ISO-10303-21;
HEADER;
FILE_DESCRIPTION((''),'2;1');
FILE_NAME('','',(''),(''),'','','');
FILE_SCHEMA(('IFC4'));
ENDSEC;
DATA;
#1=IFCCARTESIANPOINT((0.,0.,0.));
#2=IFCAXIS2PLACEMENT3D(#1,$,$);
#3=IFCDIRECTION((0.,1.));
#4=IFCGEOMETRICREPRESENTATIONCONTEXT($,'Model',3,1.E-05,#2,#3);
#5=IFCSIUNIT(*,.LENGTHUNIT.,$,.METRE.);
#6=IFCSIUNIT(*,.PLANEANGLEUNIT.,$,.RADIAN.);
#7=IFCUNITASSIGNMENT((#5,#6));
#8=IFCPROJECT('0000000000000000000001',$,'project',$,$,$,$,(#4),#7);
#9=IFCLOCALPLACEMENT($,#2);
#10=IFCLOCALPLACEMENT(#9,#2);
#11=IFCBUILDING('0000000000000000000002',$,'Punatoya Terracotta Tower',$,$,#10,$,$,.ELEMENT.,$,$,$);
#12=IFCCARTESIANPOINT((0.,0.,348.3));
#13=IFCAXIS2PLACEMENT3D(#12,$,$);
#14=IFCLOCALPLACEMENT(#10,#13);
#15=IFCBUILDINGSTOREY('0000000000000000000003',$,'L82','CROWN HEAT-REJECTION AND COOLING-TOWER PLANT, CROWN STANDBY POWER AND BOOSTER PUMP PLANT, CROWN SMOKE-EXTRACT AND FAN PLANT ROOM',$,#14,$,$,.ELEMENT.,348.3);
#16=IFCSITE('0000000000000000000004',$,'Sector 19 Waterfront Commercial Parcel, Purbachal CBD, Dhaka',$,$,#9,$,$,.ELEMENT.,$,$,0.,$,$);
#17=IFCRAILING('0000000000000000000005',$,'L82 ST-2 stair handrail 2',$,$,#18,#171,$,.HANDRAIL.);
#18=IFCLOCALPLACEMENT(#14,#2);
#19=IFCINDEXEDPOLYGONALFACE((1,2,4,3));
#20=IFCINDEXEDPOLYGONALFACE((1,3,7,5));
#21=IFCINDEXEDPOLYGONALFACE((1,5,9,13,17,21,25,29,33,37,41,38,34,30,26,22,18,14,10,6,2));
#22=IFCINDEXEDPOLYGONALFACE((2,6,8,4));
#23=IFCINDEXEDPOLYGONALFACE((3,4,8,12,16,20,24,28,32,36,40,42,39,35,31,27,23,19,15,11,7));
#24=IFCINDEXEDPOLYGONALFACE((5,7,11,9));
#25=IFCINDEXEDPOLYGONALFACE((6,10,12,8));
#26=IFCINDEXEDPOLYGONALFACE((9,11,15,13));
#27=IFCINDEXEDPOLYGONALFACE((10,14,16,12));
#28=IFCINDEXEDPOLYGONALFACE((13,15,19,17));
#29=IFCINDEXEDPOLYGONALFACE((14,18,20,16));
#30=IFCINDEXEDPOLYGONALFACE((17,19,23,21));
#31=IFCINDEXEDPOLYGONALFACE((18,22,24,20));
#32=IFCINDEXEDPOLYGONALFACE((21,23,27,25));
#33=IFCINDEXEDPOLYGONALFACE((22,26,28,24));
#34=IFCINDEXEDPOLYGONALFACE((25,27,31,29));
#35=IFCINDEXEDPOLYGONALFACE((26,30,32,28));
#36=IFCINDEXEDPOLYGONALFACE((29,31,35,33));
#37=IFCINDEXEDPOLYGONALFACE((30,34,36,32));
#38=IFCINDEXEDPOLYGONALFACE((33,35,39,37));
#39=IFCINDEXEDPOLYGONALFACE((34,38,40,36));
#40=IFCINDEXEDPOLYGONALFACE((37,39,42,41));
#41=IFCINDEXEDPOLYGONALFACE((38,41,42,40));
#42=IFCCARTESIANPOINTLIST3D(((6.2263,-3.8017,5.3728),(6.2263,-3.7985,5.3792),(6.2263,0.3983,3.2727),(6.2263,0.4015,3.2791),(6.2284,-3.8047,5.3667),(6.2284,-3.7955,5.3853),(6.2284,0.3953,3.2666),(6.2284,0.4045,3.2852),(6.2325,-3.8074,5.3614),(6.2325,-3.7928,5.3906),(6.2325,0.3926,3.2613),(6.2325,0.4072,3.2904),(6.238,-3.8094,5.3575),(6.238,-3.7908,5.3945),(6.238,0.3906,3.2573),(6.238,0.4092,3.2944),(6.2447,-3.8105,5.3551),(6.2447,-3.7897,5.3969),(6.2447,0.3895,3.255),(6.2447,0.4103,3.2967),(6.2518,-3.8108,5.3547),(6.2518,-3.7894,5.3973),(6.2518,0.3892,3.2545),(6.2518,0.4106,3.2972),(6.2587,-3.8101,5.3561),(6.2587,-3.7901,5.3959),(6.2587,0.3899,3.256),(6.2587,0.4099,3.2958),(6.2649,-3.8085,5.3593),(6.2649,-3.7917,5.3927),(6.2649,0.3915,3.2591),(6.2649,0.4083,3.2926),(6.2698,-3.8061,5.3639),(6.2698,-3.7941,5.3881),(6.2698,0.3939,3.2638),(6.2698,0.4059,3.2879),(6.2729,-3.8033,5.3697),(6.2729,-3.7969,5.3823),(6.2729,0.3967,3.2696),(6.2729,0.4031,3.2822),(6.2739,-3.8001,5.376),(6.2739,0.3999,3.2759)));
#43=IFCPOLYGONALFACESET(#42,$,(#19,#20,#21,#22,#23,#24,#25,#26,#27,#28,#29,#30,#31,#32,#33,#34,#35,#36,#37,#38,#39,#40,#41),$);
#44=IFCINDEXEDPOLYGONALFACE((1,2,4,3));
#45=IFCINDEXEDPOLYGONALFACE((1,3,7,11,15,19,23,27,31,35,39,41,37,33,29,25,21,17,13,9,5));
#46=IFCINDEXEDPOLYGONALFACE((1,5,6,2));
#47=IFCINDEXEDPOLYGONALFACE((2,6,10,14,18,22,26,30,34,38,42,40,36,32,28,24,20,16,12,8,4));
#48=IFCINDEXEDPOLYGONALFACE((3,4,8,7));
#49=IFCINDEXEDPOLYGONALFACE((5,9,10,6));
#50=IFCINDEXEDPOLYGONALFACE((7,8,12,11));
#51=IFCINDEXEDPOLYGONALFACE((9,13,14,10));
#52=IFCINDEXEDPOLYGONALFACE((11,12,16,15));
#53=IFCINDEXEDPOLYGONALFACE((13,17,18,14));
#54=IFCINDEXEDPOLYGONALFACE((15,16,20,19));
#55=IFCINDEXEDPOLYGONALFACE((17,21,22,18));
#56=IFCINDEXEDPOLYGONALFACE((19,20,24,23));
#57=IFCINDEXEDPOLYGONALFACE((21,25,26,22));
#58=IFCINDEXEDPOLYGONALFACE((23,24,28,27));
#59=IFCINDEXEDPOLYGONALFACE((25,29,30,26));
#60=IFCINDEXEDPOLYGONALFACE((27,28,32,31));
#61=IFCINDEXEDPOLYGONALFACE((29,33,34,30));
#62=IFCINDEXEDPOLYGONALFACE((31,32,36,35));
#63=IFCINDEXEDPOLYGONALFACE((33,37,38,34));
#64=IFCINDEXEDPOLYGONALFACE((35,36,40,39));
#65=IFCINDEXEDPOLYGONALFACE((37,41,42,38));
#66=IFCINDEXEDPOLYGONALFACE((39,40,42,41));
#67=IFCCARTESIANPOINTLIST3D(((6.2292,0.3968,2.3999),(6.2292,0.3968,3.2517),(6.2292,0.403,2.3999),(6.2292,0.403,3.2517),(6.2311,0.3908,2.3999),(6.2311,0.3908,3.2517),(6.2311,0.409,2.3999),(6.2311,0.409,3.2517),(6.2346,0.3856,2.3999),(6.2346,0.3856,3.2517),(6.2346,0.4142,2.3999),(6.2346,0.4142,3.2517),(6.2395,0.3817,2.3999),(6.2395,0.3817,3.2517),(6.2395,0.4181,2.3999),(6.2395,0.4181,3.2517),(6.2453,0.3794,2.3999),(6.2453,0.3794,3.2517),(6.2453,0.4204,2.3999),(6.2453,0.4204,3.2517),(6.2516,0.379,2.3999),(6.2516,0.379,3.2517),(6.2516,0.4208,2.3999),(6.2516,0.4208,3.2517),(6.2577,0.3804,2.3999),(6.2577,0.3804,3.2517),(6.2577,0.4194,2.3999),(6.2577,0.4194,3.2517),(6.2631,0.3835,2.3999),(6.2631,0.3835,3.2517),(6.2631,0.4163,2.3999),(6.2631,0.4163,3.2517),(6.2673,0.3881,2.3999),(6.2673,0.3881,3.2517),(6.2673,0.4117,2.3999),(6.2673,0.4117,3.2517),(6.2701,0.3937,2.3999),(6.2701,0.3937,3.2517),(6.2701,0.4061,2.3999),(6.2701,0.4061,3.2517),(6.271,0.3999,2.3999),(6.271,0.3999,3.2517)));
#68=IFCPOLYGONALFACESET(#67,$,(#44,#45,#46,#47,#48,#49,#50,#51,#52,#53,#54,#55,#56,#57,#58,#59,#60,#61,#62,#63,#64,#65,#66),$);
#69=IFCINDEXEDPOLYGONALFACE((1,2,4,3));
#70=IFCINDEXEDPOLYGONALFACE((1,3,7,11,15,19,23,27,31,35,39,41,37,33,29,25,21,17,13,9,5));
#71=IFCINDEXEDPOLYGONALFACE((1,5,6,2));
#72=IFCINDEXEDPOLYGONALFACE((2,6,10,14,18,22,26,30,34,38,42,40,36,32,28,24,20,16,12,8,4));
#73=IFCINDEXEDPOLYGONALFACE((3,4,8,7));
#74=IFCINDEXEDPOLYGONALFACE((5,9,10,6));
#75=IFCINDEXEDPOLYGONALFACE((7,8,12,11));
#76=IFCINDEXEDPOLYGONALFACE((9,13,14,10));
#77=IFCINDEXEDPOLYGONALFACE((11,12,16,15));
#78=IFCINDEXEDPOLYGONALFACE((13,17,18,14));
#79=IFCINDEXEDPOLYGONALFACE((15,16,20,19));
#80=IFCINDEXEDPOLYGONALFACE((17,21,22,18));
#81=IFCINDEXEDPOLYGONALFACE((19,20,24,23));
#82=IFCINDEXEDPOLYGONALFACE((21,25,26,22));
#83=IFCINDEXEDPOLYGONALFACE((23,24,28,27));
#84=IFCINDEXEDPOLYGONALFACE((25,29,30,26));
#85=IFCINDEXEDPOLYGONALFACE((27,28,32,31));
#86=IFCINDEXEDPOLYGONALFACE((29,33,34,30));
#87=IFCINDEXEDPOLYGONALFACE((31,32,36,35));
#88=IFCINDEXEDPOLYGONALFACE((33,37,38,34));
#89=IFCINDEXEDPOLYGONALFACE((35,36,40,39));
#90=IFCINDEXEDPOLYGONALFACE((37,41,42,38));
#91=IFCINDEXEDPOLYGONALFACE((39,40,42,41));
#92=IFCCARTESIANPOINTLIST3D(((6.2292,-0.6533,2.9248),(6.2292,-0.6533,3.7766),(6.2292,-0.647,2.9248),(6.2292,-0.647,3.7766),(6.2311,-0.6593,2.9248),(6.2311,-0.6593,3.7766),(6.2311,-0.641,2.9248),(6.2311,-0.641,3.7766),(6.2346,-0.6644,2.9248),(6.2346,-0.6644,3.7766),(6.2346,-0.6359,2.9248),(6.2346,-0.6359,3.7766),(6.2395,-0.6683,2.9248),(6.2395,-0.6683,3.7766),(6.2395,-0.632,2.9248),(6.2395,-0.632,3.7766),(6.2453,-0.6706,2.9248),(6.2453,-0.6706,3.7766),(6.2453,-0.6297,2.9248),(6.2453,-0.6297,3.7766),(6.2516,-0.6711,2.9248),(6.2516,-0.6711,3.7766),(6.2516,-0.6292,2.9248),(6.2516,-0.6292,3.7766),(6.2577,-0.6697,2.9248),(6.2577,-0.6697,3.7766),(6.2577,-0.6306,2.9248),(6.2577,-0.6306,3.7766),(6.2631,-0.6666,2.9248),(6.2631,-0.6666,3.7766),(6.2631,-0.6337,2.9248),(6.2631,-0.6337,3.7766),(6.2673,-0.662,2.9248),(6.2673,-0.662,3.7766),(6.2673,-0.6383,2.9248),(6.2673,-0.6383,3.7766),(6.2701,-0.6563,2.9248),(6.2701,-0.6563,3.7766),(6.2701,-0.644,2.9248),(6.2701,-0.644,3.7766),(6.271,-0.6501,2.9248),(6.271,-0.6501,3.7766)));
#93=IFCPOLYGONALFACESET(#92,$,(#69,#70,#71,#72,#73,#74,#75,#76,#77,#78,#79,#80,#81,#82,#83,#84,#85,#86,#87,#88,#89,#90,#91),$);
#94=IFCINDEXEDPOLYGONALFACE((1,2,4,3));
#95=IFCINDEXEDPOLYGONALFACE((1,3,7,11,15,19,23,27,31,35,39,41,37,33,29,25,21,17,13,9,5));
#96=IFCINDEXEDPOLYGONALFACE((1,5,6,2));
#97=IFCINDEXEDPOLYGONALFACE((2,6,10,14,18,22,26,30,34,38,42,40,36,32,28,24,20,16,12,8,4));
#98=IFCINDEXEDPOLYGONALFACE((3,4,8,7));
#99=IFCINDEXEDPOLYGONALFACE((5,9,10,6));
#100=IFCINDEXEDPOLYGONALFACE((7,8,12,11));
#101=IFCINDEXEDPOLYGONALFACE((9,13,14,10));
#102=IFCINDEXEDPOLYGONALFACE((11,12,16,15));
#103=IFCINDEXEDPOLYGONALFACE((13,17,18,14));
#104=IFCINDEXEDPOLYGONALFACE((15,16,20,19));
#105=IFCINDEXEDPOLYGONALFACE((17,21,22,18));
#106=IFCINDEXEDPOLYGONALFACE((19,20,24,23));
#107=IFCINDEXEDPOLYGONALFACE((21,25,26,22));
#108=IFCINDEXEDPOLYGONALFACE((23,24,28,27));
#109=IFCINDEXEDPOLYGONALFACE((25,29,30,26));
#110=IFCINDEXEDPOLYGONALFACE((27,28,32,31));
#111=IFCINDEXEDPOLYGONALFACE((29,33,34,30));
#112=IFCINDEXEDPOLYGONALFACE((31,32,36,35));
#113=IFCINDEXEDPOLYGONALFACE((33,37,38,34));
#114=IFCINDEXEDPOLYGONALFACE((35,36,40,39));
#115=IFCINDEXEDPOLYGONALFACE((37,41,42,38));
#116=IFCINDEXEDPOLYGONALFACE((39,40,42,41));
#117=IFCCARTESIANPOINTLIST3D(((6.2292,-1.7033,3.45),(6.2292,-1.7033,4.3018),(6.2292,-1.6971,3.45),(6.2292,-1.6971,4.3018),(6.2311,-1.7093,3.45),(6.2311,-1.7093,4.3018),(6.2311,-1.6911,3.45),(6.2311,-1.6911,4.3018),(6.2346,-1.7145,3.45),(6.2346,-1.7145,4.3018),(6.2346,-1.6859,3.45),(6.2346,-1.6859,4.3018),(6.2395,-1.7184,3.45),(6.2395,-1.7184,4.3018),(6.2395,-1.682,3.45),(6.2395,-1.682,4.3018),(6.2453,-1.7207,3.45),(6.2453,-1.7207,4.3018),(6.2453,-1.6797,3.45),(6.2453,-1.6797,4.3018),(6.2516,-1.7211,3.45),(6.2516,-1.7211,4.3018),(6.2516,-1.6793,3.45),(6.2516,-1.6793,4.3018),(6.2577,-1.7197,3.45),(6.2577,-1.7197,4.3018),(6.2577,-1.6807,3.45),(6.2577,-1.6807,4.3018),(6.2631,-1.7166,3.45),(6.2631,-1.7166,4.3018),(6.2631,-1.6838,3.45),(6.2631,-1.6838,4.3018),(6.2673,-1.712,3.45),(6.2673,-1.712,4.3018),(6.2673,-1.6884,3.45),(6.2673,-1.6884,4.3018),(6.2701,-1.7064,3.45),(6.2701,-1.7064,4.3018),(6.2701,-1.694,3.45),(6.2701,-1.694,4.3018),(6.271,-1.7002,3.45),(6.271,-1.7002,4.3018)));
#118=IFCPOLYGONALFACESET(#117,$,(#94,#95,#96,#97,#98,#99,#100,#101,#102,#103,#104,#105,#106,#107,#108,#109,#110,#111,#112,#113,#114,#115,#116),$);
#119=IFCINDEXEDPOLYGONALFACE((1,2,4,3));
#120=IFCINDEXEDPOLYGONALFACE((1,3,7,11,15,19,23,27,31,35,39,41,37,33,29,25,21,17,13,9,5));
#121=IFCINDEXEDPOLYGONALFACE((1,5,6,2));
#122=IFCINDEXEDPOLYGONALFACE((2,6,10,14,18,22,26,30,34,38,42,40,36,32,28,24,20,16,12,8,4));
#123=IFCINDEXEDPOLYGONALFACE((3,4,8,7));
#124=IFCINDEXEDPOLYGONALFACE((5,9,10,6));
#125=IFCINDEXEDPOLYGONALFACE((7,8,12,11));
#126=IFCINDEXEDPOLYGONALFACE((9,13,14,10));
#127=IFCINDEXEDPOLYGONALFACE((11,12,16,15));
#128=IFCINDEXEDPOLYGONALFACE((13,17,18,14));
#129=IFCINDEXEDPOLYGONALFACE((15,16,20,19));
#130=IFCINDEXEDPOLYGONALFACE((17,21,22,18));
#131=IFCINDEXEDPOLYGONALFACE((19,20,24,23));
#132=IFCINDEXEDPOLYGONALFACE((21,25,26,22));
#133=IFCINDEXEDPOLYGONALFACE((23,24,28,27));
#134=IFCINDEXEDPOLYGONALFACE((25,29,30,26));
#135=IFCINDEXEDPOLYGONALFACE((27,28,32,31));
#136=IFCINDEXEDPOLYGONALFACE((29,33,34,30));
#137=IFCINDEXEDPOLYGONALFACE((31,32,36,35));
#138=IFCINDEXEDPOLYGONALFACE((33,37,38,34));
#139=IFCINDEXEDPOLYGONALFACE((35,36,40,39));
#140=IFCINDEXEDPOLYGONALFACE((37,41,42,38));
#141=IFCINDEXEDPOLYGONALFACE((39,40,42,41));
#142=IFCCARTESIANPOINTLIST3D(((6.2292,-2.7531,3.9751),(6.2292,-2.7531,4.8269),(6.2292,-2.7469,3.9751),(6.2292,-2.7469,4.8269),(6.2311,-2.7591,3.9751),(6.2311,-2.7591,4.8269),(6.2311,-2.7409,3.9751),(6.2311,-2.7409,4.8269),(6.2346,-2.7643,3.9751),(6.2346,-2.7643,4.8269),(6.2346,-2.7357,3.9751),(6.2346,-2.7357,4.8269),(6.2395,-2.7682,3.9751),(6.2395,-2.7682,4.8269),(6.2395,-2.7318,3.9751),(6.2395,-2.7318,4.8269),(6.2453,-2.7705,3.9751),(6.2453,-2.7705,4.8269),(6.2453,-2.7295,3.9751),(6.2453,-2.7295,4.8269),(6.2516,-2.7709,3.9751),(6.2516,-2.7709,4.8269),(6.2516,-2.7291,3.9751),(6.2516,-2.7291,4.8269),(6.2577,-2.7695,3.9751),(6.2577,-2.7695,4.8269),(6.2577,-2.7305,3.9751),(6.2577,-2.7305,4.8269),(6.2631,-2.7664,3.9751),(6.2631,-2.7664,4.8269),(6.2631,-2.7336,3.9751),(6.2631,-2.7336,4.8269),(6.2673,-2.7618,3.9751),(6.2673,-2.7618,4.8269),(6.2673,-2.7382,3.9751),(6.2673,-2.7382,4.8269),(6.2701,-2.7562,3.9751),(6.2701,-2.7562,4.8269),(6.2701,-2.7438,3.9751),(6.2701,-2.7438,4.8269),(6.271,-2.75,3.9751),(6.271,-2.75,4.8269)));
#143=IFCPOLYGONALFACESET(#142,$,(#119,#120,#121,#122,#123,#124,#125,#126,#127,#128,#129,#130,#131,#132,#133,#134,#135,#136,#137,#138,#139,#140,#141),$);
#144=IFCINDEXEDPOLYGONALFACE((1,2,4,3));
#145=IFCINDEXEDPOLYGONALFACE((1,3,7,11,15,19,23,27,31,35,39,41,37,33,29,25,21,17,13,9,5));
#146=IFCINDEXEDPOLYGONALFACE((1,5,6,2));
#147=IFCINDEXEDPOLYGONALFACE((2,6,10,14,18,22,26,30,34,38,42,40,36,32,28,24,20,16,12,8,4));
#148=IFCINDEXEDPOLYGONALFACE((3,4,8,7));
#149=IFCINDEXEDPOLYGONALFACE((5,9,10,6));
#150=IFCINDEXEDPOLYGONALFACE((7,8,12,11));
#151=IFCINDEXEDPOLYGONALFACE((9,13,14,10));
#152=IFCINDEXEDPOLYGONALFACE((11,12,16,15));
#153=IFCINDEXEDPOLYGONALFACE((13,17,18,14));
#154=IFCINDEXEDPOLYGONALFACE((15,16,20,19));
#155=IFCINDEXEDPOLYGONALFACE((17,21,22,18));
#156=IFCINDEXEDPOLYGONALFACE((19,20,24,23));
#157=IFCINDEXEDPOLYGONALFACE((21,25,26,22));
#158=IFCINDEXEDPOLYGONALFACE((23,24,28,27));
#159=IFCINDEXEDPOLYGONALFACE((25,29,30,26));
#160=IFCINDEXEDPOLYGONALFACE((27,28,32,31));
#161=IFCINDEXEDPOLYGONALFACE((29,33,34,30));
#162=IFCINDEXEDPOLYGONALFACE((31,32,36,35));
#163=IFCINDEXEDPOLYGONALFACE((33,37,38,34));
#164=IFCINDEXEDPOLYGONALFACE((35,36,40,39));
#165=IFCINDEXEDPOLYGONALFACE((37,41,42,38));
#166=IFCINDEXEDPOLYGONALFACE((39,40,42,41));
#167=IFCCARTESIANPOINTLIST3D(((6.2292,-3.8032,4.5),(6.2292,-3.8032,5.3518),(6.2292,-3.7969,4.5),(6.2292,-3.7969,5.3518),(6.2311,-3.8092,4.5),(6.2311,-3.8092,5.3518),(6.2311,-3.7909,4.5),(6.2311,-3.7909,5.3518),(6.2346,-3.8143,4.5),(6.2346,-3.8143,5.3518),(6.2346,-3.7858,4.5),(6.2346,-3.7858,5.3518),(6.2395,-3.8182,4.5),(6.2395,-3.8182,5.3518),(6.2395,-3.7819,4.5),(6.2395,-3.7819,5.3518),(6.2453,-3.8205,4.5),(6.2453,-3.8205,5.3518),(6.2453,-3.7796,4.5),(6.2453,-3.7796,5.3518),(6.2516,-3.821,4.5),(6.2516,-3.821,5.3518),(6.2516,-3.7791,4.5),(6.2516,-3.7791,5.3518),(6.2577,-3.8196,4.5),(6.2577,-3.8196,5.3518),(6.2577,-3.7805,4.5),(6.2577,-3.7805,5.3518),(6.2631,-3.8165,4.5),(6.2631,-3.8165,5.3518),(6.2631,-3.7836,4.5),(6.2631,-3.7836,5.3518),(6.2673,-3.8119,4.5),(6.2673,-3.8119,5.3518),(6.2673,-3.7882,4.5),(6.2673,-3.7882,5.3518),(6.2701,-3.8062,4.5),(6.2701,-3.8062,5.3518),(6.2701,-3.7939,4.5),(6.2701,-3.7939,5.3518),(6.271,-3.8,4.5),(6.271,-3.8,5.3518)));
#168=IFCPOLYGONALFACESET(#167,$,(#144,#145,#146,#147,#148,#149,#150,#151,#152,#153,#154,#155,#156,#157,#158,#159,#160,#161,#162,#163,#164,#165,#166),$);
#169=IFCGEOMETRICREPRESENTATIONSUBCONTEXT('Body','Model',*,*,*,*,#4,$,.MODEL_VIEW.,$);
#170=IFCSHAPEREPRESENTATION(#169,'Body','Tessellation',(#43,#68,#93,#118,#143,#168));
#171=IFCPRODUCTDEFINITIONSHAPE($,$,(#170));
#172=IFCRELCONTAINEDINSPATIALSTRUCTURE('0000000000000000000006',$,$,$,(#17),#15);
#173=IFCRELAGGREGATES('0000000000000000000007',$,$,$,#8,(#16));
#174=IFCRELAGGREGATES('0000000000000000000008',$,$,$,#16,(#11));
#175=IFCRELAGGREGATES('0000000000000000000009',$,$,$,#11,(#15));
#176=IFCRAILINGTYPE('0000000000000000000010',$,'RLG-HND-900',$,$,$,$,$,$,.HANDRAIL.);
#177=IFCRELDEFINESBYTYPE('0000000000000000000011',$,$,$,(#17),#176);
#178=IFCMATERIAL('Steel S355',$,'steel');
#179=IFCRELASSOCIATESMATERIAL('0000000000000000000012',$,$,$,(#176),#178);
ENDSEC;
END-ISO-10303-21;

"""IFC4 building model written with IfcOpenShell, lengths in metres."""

from ifc_helpers import new_model, si_unit, direction, frame, origin, origin_2d, place, context, subcontext, project, spatial, circle, extrude, material, type_object, element, save


model = new_model("IFC4")

# Units and contexts
model_context = context("Model", 3, precision=1e-05, world=origin(), true_north=direction((0.0, 1.0)))
body_context = subcontext(model_context, "Body", "Model", "MODEL_VIEW")
ifc_project = project(units=[si_unit("LENGTHUNIT", "METRE"), si_unit("PLANEANGLEUNIT", "RADIAN")], contexts=[model_context])

# Site, building, storey
site_placement = place(None, origin())
site = spatial("IfcSite", under=ifc_project, at=site_placement, Name="Sector 19 Waterfront Commercial Parcel, Purbachal CBD, Dhaka", CompositionType="ELEMENT", RefElevation=0.0)
building_placement = place(site_placement, origin())
building = spatial("IfcBuilding", under=site, at=building_placement, Name="Punatoya Terracotta Tower", CompositionType="ELEMENT")
storey_placement = place(building_placement, frame((0.0, 0.0, 348.3)))
storey = spatial("IfcBuildingStorey", under=building, at=storey_placement, Name="L82", Description="CROWN HEAT-REJECTION AND COOLING-TOWER PLANT, CROWN STANDBY POWER AND BOOSTER PUMP PLANT, CROWN SMOKE-EXTRACT AND FAN PLANT ROOM", CompositionType="ELEMENT", Elevation=348.3)

# Shared definitions
ifc_material_1 = material(Name="Steel S355", Category="steel")

# Railing
railing_type_1 = type_object("IfcRailingType", Name="RLG-HND-900", PredefinedType="HANDRAIL", material=ifc_material_1)
railing_1_placement = place(storey_placement, frame((6.25, 0.3999, 2.3999)))
element("IfcRailing", 1, at=railing_1_placement, inside=storey, type_object=railing_type_1, Name="L82 ST-2 stair handrail 2", PredefinedType="HANDRAIL", context=body_context, shape_type="SweptSolid", body=[
    extrude(circle(Radius=0.0239, at=origin_2d()), frame((0.0, 0.0, 0.876), z_axis=(0.0, -0.894417, 0.447234), x_axis=(1.0, 0.0, 0.0)), (0.0, 0.0, 1.0), 4.6958),
    extrude(circle(Radius=0.021, at=origin_2d()), origin(), (0.0, 0.0, 1.0), 0.8518),
    extrude(circle(Radius=0.021, at=origin_2d()), frame((0.0, -1.05, 0.5249)), (0.0, 0.0, 1.0), 0.8518),
    extrude(circle(Radius=0.021, at=origin_2d()), frame((0.0, -2.1001, 1.05)), (0.0, 0.0, 1.0), 0.8518),
    extrude(circle(Radius=0.021, at=origin_2d()), frame((0.0, -3.1499, 1.5752)), (0.0, 0.0, 1.0), 0.8518),
    extrude(circle(Radius=0.021, at=origin_2d()), frame((0.0, -4.2, 2.1001)), (0.0, 0.0, 1.0), 0.8518),
])

save(model, "model.ifc")
